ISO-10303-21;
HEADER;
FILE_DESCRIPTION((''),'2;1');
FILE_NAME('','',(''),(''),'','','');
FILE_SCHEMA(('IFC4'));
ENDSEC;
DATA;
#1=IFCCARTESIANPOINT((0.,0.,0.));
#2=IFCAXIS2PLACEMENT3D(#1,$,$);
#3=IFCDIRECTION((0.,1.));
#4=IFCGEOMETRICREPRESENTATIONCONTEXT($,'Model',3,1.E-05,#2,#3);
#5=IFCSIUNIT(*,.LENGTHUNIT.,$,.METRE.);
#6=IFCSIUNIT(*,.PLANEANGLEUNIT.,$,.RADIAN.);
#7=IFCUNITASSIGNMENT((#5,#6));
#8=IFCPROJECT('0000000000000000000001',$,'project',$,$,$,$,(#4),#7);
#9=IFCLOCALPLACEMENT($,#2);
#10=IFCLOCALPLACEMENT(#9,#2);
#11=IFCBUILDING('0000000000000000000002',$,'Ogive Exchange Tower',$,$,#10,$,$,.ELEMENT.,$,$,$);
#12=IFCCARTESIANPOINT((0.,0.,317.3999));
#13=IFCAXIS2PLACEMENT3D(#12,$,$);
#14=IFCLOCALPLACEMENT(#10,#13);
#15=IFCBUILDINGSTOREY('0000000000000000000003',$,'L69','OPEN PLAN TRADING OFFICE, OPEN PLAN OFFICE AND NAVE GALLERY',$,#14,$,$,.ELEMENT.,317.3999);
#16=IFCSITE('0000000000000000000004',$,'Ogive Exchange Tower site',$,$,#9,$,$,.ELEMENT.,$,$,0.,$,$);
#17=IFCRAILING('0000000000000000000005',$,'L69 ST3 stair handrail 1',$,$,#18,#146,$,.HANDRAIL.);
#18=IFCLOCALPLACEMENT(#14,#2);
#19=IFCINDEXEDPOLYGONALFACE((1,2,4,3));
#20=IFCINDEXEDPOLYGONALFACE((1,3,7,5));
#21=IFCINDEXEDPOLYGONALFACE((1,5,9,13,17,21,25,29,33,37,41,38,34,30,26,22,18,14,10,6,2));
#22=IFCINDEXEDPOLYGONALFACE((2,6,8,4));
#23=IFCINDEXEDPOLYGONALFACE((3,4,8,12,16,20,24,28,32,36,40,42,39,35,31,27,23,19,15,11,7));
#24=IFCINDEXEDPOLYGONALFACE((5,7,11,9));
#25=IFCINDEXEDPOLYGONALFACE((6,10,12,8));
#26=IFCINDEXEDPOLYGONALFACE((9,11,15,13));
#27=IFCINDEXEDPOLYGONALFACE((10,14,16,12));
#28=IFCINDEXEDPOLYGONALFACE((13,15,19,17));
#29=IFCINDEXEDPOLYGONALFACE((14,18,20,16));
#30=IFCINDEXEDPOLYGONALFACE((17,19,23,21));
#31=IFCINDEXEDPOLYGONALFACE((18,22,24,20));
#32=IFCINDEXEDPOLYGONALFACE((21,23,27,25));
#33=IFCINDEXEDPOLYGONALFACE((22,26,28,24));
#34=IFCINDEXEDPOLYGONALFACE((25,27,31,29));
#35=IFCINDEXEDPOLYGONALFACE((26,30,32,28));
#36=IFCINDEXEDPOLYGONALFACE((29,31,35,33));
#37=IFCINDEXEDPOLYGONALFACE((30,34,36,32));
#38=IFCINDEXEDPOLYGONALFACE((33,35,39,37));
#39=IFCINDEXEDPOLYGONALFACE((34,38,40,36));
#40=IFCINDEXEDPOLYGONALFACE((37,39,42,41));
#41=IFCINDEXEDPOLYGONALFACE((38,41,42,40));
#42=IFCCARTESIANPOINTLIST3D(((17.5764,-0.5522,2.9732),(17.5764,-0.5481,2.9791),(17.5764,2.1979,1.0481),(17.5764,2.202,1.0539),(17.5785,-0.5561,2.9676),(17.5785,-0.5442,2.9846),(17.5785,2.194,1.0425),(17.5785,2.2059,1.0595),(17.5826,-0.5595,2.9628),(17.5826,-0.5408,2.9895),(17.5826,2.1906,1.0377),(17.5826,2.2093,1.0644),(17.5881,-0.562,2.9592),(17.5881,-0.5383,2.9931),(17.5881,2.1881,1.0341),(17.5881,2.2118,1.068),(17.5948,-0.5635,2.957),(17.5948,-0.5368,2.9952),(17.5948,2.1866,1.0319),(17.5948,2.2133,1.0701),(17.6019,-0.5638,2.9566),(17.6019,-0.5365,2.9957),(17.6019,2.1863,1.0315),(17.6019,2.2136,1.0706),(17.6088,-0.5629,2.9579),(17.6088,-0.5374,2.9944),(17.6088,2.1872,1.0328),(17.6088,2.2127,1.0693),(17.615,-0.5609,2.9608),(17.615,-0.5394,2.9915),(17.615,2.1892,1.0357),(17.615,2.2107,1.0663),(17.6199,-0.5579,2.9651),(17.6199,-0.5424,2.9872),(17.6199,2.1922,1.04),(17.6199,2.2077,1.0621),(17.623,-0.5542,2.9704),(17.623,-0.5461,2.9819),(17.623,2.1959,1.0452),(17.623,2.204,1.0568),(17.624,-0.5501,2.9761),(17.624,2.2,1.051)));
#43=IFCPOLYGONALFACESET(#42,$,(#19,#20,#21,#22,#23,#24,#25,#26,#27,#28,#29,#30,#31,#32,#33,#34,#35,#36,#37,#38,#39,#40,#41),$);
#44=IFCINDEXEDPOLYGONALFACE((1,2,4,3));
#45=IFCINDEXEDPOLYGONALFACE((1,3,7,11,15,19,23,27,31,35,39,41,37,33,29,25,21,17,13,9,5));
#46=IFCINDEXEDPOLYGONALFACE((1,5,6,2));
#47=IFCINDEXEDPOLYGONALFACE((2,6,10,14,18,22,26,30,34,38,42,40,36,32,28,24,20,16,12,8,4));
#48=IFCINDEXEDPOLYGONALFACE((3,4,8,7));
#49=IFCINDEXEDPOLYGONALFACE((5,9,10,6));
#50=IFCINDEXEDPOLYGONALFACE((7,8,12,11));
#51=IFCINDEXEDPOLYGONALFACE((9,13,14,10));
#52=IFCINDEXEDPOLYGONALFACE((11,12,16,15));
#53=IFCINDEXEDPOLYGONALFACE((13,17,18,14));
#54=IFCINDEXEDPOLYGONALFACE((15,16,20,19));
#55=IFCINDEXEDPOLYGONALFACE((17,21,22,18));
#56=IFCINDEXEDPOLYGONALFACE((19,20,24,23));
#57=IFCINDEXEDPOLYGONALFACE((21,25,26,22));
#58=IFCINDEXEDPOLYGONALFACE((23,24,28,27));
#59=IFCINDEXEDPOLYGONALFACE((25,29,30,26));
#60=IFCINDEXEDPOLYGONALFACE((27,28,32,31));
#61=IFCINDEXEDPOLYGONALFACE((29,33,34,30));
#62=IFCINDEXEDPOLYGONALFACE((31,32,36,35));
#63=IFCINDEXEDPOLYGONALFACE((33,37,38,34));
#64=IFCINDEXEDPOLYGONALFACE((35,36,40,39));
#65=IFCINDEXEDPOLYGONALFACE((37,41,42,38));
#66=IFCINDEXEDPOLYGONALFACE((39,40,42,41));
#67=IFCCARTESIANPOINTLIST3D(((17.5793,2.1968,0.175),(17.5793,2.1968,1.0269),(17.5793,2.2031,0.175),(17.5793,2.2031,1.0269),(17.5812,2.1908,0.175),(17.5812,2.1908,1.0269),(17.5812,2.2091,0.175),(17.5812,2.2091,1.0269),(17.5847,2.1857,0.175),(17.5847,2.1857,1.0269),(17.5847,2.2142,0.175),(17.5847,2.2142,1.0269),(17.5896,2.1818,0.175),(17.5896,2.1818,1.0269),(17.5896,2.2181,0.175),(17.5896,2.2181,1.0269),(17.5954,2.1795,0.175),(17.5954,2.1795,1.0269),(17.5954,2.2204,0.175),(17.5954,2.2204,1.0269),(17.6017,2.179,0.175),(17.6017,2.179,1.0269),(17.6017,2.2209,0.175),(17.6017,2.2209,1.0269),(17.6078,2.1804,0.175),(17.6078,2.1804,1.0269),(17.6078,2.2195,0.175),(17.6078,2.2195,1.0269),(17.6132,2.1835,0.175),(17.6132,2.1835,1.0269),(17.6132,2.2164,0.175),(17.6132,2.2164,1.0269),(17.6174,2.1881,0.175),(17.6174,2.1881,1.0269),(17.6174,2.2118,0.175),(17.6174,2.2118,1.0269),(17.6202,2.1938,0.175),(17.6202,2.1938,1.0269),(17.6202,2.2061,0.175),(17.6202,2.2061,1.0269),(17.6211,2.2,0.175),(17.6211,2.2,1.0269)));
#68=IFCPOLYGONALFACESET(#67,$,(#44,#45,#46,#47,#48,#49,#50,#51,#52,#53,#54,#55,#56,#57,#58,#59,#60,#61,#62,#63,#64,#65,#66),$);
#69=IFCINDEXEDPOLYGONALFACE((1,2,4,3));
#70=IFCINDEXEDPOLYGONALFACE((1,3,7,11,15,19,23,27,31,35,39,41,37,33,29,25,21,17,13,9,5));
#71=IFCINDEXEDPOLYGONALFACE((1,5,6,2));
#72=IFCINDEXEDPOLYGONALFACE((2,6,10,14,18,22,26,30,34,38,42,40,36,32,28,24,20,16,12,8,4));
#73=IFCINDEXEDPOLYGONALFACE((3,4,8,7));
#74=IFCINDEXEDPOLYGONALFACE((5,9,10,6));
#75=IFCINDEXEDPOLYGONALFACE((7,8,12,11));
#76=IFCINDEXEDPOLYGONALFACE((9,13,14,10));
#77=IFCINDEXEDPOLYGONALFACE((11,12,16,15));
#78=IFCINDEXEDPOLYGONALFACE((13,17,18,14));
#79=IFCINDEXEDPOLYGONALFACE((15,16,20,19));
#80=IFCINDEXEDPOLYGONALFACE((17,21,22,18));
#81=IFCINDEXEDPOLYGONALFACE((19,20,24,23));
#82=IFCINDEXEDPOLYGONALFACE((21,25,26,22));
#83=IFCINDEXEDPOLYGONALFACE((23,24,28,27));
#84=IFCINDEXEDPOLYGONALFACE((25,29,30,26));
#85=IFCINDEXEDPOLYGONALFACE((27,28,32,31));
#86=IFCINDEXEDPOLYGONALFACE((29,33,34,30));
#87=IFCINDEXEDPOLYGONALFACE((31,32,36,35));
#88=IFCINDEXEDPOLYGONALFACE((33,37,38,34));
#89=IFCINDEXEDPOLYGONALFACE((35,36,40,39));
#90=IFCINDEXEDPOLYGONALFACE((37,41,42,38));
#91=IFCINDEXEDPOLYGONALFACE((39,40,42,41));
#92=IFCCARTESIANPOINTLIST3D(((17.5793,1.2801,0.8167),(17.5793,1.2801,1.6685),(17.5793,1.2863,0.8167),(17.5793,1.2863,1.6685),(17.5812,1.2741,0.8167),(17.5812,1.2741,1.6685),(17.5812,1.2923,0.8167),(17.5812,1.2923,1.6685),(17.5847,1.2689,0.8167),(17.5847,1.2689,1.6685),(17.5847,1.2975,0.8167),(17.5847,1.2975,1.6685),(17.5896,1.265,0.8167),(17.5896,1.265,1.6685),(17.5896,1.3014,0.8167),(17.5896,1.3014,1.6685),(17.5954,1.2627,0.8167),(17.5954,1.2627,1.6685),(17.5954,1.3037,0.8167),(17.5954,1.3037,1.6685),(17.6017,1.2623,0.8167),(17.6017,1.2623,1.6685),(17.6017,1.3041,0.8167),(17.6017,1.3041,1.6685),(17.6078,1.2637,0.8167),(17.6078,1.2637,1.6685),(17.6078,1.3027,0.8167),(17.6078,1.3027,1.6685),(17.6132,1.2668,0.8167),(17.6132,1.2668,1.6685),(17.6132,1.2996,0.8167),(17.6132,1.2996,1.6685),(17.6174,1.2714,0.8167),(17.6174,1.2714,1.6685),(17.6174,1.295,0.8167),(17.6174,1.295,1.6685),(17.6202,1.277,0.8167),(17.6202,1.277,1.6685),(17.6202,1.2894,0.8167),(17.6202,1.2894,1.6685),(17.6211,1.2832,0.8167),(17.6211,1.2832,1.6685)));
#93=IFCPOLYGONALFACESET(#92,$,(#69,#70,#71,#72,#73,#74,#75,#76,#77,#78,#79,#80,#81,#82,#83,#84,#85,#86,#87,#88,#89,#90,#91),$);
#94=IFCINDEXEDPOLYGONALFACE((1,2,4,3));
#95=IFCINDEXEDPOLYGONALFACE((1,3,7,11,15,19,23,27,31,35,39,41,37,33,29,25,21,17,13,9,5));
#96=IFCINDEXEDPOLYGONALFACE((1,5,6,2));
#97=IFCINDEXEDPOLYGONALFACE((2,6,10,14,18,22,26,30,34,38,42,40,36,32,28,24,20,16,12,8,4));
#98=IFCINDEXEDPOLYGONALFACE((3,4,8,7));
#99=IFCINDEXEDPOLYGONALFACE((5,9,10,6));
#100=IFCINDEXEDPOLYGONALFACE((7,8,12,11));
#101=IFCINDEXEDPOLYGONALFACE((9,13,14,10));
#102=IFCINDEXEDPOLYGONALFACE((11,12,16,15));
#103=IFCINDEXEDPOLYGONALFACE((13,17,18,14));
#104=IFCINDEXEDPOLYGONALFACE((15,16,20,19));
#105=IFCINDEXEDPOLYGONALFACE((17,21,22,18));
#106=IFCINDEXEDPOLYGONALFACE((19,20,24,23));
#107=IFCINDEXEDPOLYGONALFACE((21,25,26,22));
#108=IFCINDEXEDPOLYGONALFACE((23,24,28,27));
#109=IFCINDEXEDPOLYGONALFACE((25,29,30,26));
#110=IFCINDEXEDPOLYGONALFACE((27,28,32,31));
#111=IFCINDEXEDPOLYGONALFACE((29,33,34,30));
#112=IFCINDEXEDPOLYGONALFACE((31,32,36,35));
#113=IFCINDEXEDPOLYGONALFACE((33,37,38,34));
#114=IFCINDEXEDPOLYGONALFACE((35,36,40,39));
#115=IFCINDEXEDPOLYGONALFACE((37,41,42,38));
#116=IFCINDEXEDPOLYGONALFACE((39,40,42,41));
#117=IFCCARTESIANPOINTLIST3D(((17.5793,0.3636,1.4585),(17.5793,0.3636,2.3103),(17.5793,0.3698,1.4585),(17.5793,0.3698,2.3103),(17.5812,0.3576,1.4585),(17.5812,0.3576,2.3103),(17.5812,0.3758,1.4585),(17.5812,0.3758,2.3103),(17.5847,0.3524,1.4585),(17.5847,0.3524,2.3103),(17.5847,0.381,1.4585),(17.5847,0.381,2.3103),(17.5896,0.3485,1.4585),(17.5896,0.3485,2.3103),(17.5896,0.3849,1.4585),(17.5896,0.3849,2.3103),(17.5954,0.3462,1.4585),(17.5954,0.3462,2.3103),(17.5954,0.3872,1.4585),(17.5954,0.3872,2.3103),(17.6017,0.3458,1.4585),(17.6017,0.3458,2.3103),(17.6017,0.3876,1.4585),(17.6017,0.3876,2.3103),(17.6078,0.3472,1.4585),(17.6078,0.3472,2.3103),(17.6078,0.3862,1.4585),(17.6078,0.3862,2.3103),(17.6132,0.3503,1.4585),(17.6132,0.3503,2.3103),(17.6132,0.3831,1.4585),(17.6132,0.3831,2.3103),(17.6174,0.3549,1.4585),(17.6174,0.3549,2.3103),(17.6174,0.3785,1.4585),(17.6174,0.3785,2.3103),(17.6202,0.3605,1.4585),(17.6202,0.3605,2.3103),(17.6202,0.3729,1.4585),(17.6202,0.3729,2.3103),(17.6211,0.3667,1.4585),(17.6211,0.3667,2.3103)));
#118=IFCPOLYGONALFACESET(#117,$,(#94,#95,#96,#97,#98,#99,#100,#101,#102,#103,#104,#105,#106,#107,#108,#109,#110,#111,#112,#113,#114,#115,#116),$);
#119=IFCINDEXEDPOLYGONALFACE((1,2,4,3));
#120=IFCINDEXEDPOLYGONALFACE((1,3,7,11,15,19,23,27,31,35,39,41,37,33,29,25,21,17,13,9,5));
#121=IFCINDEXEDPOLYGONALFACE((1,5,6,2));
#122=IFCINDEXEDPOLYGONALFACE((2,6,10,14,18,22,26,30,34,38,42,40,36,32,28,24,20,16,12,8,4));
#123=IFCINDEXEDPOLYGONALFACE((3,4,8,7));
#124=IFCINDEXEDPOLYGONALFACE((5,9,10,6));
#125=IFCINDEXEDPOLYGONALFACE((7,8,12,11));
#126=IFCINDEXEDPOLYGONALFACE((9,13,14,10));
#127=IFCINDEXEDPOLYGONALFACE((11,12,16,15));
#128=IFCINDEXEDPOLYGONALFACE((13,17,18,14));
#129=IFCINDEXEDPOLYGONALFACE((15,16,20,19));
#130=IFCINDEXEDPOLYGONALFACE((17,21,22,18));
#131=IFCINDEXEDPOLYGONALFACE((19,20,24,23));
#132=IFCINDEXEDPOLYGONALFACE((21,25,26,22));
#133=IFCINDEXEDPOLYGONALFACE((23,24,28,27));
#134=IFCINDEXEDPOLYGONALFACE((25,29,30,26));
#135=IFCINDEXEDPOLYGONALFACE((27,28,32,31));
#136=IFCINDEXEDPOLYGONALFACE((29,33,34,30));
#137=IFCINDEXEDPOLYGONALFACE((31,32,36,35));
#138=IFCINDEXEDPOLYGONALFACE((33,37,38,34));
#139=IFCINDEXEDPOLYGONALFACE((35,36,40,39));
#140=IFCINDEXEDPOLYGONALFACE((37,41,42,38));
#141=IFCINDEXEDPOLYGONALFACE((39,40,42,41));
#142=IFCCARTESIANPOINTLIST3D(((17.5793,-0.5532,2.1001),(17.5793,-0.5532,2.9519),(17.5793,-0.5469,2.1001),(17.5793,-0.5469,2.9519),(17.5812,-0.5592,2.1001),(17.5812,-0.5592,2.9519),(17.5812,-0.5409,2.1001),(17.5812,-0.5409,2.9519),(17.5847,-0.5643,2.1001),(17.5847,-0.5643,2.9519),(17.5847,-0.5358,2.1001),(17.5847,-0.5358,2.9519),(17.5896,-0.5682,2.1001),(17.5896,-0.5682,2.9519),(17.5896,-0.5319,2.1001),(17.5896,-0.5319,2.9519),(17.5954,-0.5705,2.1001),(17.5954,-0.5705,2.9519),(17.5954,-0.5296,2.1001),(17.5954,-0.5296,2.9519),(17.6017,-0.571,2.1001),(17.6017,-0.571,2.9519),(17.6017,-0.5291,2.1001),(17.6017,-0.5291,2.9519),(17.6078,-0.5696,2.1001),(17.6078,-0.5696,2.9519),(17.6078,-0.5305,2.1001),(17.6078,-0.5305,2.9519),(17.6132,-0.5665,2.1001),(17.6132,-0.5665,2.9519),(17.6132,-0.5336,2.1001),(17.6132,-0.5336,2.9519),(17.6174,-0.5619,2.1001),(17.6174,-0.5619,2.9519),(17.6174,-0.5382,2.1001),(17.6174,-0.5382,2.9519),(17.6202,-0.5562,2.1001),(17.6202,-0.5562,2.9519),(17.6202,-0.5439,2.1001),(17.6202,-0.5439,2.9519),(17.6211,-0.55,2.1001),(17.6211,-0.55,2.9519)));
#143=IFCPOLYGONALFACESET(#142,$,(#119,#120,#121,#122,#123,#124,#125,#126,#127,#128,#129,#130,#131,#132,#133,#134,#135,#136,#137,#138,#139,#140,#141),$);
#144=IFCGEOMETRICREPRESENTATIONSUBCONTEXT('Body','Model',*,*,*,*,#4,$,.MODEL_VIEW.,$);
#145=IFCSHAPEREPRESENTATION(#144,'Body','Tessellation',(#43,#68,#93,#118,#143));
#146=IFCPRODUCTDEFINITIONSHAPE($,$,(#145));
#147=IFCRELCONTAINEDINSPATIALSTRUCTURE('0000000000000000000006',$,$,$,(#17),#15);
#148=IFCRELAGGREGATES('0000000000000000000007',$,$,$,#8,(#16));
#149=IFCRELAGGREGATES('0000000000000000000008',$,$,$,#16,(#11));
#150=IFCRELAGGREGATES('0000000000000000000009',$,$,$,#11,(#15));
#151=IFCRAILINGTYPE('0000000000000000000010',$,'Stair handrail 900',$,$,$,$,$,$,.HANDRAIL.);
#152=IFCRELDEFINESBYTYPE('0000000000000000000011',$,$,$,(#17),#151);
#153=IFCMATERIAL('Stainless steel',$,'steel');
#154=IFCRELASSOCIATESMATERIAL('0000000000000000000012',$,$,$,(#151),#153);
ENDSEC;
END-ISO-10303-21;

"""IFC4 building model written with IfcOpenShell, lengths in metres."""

from ifc_helpers import new_model, si_unit, direction, frame, origin, origin_2d, place, context, subcontext, project, spatial, circle, extrude, material, type_object, element, save


model = new_model("IFC4")

# Units and contexts
model_context = context("Model", 3, precision=1e-05, world=origin(), true_north=direction((0.0, 1.0)))
body_context = subcontext(model_context, "Body", "Model", "MODEL_VIEW")
ifc_project = project(units=[si_unit("LENGTHUNIT", "METRE"), si_unit("PLANEANGLEUNIT", "RADIAN")], contexts=[model_context])

# Site, building, storey
site_placement = place(None, origin())
site = spatial("IfcSite", under=ifc_project, at=site_placement, Name="Ogive Exchange Tower site", CompositionType="ELEMENT", RefElevation=0.0)
building_placement = place(site_placement, origin())
building = spatial("IfcBuilding", under=site, at=building_placement, Name="Ogive Exchange Tower", CompositionType="ELEMENT")
storey_placement = place(building_placement, frame((0.0, 0.0, 317.3999)))
storey = spatial("IfcBuildingStorey", under=building, at=storey_placement, Name="L69", Description="OPEN PLAN TRADING OFFICE, OPEN PLAN OFFICE AND NAVE GALLERY", CompositionType="ELEMENT", Elevation=317.3999)

# Shared definitions
ifc_material_1 = material(Name="Stainless steel", Category="steel")

# Railing
railing_type = type_object("IfcRailingType", Name="Stair handrail 900", PredefinedType="HANDRAIL", material=ifc_material_1)
railing_1_placement = place(storey_placement, frame((17.6001, 2.2, 0.175)))
element("IfcRailing", 1, at=railing_1_placement, inside=storey, type_object=railing_type, Name="L69 ST3 stair handrail 1", PredefinedType="HANDRAIL", context=body_context, shape_type="SweptSolid", body=[
    extrude(circle(Radius=0.0239, at=origin_2d()), frame((0.0, 0.0, 0.876), z_axis=(0.0, -0.819225, 0.573472), x_axis=(1.0, 0.0, 0.0)), (0.0, 0.0, 1.0), 3.3569),
    extrude(circle(Radius=0.021, at=origin_2d()), origin(), (0.0, 0.0, 1.0), 0.8518),
    extrude(circle(Radius=0.021, at=origin_2d()), frame((0.0, -0.9167, 0.6416)), (0.0, 0.0, 1.0), 0.8518),
    extrude(circle(Radius=0.021, at=origin_2d()), frame((0.0, -1.8333, 1.2834)), (0.0, 0.0, 1.0), 0.8518),
    extrude(circle(Radius=0.021, at=origin_2d()), frame((0.0, -2.75, 1.925)), (0.0, 0.0, 1.0), 0.8518),
])

save(model, "model.ifc")
